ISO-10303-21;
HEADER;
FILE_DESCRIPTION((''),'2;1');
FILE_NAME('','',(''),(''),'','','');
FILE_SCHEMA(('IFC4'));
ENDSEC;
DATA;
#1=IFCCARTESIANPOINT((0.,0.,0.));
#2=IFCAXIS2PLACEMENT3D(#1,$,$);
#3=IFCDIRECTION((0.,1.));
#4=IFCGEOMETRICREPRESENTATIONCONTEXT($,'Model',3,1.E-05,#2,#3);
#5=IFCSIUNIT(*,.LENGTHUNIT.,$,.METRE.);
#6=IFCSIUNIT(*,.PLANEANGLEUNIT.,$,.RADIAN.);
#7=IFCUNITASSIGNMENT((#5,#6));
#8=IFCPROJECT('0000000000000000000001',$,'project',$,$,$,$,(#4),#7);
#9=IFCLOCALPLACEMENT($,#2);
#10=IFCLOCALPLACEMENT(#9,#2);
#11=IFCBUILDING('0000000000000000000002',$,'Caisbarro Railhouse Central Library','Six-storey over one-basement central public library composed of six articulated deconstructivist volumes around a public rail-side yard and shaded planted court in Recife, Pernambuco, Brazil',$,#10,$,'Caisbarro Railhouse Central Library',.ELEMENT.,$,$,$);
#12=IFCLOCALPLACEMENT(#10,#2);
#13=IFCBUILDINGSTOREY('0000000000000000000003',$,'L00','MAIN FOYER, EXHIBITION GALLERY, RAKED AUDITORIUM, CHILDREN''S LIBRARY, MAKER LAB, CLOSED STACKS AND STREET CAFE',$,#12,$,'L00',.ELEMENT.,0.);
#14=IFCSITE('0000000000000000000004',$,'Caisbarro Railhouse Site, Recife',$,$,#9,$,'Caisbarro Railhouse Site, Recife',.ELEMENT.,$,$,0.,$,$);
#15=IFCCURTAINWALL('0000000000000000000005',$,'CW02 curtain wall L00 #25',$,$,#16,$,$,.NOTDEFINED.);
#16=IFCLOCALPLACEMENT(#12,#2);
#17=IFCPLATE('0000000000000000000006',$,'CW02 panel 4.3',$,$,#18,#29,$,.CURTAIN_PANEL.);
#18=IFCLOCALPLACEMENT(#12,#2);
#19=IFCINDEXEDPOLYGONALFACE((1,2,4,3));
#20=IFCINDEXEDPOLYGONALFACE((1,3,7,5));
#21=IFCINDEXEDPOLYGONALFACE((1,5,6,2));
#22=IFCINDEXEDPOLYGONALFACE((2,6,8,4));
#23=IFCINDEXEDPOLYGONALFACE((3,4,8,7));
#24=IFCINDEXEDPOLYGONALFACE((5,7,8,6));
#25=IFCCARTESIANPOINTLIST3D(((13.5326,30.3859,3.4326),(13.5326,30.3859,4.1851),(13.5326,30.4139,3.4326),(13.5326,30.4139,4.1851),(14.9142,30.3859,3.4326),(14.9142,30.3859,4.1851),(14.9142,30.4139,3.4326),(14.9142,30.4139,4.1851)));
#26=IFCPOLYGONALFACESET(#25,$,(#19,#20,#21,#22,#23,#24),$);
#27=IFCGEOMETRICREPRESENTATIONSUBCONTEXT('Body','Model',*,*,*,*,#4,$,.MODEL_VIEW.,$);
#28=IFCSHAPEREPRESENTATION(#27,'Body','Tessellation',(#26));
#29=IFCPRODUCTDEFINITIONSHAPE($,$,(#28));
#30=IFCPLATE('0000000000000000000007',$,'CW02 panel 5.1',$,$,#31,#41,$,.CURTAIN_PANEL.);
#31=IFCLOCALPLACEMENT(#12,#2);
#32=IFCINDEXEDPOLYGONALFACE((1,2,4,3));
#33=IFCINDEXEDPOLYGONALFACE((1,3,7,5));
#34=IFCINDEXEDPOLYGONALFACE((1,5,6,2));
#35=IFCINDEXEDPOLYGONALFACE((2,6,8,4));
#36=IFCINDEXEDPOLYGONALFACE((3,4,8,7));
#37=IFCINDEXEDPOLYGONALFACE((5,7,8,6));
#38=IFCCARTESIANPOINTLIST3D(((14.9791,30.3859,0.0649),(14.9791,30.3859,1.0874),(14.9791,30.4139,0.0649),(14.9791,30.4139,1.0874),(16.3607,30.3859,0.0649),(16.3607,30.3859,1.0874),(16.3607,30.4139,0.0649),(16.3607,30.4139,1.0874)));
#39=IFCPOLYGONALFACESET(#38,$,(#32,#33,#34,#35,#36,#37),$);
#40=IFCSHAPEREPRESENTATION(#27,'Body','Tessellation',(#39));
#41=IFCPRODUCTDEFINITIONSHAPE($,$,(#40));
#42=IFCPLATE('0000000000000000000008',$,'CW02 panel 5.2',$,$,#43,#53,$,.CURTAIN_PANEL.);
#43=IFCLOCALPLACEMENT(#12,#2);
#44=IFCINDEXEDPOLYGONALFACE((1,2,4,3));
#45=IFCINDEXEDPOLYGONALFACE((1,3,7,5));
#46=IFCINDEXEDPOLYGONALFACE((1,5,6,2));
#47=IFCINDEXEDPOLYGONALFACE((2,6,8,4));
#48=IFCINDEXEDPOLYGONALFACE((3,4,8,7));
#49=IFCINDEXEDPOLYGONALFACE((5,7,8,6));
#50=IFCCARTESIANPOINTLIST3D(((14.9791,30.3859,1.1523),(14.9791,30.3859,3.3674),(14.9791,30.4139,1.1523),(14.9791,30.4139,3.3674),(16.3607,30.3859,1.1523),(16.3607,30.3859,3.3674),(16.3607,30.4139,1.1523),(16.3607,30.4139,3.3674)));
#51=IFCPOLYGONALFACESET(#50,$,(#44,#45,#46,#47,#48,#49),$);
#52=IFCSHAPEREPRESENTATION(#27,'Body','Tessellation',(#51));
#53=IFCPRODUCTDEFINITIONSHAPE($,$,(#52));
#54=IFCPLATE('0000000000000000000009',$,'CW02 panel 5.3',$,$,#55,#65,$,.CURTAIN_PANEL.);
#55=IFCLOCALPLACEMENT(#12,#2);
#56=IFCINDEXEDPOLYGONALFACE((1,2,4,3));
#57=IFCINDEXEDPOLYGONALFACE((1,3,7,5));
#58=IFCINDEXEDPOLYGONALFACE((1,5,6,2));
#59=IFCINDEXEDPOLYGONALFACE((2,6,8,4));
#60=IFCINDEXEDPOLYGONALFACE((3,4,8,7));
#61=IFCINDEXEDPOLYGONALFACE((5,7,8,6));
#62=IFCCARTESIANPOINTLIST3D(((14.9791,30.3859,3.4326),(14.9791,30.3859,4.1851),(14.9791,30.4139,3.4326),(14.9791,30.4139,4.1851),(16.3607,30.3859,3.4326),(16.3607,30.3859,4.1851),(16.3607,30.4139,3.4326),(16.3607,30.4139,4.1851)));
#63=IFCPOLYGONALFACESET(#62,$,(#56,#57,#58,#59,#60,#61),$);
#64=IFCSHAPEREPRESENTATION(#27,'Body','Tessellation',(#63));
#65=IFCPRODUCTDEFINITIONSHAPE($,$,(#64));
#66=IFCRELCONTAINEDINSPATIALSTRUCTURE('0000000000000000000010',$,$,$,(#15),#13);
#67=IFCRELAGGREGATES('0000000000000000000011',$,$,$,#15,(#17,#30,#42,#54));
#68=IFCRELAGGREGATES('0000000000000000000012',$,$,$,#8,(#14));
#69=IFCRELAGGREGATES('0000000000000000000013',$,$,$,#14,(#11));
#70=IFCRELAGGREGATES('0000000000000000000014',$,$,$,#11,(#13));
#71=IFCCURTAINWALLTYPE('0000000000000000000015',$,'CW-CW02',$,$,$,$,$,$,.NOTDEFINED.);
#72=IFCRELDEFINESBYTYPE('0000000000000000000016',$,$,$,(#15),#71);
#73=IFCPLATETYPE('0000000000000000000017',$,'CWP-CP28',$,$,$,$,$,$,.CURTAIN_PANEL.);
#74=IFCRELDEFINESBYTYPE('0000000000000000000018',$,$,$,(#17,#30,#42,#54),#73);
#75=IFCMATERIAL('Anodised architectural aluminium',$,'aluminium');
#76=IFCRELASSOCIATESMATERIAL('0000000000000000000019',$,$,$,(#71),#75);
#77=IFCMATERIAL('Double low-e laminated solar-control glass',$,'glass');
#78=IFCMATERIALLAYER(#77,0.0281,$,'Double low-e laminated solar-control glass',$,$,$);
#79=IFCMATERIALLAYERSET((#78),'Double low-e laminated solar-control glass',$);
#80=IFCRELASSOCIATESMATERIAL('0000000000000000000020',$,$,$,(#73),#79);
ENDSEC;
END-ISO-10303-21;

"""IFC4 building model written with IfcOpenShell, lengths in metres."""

from ifc_helpers import new_model, si_unit, direction, frame, origin, origin_2d, place, context, subcontext, project, spatial, rectangle, extrude, material, layer, layer_set, type_object, element, aggregate, save


model = new_model("IFC4")

# Units and contexts
model_context = context("Model", 3, precision=1e-05, world=origin(), true_north=direction((0.0, 1.0)))
body_context = subcontext(model_context, "Body", "Model", "MODEL_VIEW")
ifc_project = project(units=[si_unit("LENGTHUNIT", "METRE"), si_unit("PLANEANGLEUNIT", "RADIAN")], contexts=[model_context])

# Site, building, storey
site_placement = place(None, origin())
site = spatial("IfcSite", under=ifc_project, at=site_placement, Name="Caisbarro Railhouse Site, Recife", LongName="Caisbarro Railhouse Site, Recife", CompositionType="ELEMENT", RefElevation=0.0)
building_placement = place(site_placement, origin())
building = spatial("IfcBuilding", under=site, at=building_placement, Name="Caisbarro Railhouse Central Library", Description="Six-storey over one-basement central public library composed of six articulated deconstructivist volumes around a public rail-side yard and shaded planted court in Recife, Pernambuco, Brazil", LongName="Caisbarro Railhouse Central Library", CompositionType="ELEMENT")
storey_placement = place(building_placement, origin())
storey = spatial("IfcBuildingStorey", under=building, at=storey_placement, Name="L00", Description="MAIN FOYER, EXHIBITION GALLERY, RAKED AUDITORIUM, CHILDREN'S LIBRARY, MAKER LAB, CLOSED STACKS AND STREET CAFE", LongName="L00", CompositionType="ELEMENT", Elevation=0.0)

# Curtain wall, plates
ifc_material_1 = material(Name="Anodised architectural aluminium", Category="aluminium")
curtain_wall_type = type_object("IfcCurtainWallType", Name="CW-CW02", PredefinedType="NOTDEFINED", material=ifc_material_1)
curtain_wall_placement = place(storey_placement, origin())
curtain_wall = element("IfcCurtainWall", 1, at=curtain_wall_placement, inside=storey, type_object=curtain_wall_type, Name="CW02 curtain wall L00 #25", PredefinedType="NOTDEFINED")
ifc_material_2 = material(Name="Double low-e laminated solar-control glass", Category="glass")
ifc_layer = layer(ifc_material_2, 0.0281, Name="Double low-e laminated solar-control glass")
ifc_layer_set = layer_set([ifc_layer], Name="Double low-e laminated solar-control glass")
plate_type = type_object("IfcPlateType", Name="CWP-CP28", PredefinedType="CURTAIN_PANEL", material=ifc_layer_set)
plate_1_placement = place(storey_placement, frame((14.2234, 30.3999, 3.4326), z_axis=(0.0, 0.0, 1.0), x_axis=(1.0, 0.0, 0.0)))
plate_1 = element("IfcPlate", 2, at=plate_1_placement, type_object=plate_type, Name="CW02 panel 4.3", PredefinedType="CURTAIN_PANEL", context=body_context, shape_type="SweptSolid", body=[
    extrude(rectangle(XDim=1.3816, YDim=0.0281, at=origin_2d()), origin(), (0.0, 0.0, 1.0), 0.7524),
])
plate_2_placement = place(storey_placement, frame((15.6699, 30.3999, 0.0649), z_axis=(0.0, 0.0, 1.0), x_axis=(1.0, 0.0, 0.0)))
plate_2 = element("IfcPlate", 3, at=plate_2_placement, type_object=plate_type, Name="CW02 panel 5.1", PredefinedType="CURTAIN_PANEL", context=body_context, shape_type="SweptSolid", body=[
    extrude(rectangle(XDim=1.3816, YDim=0.0281, at=origin_2d()), origin(), (0.0, 0.0, 1.0), 1.0225),
])
plate_3_placement = place(storey_placement, frame((15.6699, 30.3999, 1.1523), z_axis=(0.0, 0.0, 1.0), x_axis=(1.0, 0.0, 0.0)))
plate_3 = element("IfcPlate", 4, at=plate_3_placement, type_object=plate_type, Name="CW02 panel 5.2", PredefinedType="CURTAIN_PANEL", context=body_context, shape_type="SweptSolid", body=[
    extrude(rectangle(XDim=1.3816, YDim=0.0281, at=origin_2d()), origin(), (0.0, 0.0, 1.0), 2.2151),
])
plate_4_placement = place(storey_placement, frame((15.6699, 30.3999, 3.4326), z_axis=(0.0, 0.0, 1.0), x_axis=(1.0, 0.0, 0.0)))
plate_4 = element("IfcPlate", 5, at=plate_4_placement, type_object=plate_type, Name="CW02 panel 5.3", PredefinedType="CURTAIN_PANEL", context=body_context, shape_type="SweptSolid", body=[
    extrude(rectangle(XDim=1.3816, YDim=0.0281, at=origin_2d()), origin(), (0.0, 0.0, 1.0), 0.7524),
])
aggregate(curtain_wall, [plate_1, plate_2, plate_3, plate_4])

save(model, "model.ifc")
